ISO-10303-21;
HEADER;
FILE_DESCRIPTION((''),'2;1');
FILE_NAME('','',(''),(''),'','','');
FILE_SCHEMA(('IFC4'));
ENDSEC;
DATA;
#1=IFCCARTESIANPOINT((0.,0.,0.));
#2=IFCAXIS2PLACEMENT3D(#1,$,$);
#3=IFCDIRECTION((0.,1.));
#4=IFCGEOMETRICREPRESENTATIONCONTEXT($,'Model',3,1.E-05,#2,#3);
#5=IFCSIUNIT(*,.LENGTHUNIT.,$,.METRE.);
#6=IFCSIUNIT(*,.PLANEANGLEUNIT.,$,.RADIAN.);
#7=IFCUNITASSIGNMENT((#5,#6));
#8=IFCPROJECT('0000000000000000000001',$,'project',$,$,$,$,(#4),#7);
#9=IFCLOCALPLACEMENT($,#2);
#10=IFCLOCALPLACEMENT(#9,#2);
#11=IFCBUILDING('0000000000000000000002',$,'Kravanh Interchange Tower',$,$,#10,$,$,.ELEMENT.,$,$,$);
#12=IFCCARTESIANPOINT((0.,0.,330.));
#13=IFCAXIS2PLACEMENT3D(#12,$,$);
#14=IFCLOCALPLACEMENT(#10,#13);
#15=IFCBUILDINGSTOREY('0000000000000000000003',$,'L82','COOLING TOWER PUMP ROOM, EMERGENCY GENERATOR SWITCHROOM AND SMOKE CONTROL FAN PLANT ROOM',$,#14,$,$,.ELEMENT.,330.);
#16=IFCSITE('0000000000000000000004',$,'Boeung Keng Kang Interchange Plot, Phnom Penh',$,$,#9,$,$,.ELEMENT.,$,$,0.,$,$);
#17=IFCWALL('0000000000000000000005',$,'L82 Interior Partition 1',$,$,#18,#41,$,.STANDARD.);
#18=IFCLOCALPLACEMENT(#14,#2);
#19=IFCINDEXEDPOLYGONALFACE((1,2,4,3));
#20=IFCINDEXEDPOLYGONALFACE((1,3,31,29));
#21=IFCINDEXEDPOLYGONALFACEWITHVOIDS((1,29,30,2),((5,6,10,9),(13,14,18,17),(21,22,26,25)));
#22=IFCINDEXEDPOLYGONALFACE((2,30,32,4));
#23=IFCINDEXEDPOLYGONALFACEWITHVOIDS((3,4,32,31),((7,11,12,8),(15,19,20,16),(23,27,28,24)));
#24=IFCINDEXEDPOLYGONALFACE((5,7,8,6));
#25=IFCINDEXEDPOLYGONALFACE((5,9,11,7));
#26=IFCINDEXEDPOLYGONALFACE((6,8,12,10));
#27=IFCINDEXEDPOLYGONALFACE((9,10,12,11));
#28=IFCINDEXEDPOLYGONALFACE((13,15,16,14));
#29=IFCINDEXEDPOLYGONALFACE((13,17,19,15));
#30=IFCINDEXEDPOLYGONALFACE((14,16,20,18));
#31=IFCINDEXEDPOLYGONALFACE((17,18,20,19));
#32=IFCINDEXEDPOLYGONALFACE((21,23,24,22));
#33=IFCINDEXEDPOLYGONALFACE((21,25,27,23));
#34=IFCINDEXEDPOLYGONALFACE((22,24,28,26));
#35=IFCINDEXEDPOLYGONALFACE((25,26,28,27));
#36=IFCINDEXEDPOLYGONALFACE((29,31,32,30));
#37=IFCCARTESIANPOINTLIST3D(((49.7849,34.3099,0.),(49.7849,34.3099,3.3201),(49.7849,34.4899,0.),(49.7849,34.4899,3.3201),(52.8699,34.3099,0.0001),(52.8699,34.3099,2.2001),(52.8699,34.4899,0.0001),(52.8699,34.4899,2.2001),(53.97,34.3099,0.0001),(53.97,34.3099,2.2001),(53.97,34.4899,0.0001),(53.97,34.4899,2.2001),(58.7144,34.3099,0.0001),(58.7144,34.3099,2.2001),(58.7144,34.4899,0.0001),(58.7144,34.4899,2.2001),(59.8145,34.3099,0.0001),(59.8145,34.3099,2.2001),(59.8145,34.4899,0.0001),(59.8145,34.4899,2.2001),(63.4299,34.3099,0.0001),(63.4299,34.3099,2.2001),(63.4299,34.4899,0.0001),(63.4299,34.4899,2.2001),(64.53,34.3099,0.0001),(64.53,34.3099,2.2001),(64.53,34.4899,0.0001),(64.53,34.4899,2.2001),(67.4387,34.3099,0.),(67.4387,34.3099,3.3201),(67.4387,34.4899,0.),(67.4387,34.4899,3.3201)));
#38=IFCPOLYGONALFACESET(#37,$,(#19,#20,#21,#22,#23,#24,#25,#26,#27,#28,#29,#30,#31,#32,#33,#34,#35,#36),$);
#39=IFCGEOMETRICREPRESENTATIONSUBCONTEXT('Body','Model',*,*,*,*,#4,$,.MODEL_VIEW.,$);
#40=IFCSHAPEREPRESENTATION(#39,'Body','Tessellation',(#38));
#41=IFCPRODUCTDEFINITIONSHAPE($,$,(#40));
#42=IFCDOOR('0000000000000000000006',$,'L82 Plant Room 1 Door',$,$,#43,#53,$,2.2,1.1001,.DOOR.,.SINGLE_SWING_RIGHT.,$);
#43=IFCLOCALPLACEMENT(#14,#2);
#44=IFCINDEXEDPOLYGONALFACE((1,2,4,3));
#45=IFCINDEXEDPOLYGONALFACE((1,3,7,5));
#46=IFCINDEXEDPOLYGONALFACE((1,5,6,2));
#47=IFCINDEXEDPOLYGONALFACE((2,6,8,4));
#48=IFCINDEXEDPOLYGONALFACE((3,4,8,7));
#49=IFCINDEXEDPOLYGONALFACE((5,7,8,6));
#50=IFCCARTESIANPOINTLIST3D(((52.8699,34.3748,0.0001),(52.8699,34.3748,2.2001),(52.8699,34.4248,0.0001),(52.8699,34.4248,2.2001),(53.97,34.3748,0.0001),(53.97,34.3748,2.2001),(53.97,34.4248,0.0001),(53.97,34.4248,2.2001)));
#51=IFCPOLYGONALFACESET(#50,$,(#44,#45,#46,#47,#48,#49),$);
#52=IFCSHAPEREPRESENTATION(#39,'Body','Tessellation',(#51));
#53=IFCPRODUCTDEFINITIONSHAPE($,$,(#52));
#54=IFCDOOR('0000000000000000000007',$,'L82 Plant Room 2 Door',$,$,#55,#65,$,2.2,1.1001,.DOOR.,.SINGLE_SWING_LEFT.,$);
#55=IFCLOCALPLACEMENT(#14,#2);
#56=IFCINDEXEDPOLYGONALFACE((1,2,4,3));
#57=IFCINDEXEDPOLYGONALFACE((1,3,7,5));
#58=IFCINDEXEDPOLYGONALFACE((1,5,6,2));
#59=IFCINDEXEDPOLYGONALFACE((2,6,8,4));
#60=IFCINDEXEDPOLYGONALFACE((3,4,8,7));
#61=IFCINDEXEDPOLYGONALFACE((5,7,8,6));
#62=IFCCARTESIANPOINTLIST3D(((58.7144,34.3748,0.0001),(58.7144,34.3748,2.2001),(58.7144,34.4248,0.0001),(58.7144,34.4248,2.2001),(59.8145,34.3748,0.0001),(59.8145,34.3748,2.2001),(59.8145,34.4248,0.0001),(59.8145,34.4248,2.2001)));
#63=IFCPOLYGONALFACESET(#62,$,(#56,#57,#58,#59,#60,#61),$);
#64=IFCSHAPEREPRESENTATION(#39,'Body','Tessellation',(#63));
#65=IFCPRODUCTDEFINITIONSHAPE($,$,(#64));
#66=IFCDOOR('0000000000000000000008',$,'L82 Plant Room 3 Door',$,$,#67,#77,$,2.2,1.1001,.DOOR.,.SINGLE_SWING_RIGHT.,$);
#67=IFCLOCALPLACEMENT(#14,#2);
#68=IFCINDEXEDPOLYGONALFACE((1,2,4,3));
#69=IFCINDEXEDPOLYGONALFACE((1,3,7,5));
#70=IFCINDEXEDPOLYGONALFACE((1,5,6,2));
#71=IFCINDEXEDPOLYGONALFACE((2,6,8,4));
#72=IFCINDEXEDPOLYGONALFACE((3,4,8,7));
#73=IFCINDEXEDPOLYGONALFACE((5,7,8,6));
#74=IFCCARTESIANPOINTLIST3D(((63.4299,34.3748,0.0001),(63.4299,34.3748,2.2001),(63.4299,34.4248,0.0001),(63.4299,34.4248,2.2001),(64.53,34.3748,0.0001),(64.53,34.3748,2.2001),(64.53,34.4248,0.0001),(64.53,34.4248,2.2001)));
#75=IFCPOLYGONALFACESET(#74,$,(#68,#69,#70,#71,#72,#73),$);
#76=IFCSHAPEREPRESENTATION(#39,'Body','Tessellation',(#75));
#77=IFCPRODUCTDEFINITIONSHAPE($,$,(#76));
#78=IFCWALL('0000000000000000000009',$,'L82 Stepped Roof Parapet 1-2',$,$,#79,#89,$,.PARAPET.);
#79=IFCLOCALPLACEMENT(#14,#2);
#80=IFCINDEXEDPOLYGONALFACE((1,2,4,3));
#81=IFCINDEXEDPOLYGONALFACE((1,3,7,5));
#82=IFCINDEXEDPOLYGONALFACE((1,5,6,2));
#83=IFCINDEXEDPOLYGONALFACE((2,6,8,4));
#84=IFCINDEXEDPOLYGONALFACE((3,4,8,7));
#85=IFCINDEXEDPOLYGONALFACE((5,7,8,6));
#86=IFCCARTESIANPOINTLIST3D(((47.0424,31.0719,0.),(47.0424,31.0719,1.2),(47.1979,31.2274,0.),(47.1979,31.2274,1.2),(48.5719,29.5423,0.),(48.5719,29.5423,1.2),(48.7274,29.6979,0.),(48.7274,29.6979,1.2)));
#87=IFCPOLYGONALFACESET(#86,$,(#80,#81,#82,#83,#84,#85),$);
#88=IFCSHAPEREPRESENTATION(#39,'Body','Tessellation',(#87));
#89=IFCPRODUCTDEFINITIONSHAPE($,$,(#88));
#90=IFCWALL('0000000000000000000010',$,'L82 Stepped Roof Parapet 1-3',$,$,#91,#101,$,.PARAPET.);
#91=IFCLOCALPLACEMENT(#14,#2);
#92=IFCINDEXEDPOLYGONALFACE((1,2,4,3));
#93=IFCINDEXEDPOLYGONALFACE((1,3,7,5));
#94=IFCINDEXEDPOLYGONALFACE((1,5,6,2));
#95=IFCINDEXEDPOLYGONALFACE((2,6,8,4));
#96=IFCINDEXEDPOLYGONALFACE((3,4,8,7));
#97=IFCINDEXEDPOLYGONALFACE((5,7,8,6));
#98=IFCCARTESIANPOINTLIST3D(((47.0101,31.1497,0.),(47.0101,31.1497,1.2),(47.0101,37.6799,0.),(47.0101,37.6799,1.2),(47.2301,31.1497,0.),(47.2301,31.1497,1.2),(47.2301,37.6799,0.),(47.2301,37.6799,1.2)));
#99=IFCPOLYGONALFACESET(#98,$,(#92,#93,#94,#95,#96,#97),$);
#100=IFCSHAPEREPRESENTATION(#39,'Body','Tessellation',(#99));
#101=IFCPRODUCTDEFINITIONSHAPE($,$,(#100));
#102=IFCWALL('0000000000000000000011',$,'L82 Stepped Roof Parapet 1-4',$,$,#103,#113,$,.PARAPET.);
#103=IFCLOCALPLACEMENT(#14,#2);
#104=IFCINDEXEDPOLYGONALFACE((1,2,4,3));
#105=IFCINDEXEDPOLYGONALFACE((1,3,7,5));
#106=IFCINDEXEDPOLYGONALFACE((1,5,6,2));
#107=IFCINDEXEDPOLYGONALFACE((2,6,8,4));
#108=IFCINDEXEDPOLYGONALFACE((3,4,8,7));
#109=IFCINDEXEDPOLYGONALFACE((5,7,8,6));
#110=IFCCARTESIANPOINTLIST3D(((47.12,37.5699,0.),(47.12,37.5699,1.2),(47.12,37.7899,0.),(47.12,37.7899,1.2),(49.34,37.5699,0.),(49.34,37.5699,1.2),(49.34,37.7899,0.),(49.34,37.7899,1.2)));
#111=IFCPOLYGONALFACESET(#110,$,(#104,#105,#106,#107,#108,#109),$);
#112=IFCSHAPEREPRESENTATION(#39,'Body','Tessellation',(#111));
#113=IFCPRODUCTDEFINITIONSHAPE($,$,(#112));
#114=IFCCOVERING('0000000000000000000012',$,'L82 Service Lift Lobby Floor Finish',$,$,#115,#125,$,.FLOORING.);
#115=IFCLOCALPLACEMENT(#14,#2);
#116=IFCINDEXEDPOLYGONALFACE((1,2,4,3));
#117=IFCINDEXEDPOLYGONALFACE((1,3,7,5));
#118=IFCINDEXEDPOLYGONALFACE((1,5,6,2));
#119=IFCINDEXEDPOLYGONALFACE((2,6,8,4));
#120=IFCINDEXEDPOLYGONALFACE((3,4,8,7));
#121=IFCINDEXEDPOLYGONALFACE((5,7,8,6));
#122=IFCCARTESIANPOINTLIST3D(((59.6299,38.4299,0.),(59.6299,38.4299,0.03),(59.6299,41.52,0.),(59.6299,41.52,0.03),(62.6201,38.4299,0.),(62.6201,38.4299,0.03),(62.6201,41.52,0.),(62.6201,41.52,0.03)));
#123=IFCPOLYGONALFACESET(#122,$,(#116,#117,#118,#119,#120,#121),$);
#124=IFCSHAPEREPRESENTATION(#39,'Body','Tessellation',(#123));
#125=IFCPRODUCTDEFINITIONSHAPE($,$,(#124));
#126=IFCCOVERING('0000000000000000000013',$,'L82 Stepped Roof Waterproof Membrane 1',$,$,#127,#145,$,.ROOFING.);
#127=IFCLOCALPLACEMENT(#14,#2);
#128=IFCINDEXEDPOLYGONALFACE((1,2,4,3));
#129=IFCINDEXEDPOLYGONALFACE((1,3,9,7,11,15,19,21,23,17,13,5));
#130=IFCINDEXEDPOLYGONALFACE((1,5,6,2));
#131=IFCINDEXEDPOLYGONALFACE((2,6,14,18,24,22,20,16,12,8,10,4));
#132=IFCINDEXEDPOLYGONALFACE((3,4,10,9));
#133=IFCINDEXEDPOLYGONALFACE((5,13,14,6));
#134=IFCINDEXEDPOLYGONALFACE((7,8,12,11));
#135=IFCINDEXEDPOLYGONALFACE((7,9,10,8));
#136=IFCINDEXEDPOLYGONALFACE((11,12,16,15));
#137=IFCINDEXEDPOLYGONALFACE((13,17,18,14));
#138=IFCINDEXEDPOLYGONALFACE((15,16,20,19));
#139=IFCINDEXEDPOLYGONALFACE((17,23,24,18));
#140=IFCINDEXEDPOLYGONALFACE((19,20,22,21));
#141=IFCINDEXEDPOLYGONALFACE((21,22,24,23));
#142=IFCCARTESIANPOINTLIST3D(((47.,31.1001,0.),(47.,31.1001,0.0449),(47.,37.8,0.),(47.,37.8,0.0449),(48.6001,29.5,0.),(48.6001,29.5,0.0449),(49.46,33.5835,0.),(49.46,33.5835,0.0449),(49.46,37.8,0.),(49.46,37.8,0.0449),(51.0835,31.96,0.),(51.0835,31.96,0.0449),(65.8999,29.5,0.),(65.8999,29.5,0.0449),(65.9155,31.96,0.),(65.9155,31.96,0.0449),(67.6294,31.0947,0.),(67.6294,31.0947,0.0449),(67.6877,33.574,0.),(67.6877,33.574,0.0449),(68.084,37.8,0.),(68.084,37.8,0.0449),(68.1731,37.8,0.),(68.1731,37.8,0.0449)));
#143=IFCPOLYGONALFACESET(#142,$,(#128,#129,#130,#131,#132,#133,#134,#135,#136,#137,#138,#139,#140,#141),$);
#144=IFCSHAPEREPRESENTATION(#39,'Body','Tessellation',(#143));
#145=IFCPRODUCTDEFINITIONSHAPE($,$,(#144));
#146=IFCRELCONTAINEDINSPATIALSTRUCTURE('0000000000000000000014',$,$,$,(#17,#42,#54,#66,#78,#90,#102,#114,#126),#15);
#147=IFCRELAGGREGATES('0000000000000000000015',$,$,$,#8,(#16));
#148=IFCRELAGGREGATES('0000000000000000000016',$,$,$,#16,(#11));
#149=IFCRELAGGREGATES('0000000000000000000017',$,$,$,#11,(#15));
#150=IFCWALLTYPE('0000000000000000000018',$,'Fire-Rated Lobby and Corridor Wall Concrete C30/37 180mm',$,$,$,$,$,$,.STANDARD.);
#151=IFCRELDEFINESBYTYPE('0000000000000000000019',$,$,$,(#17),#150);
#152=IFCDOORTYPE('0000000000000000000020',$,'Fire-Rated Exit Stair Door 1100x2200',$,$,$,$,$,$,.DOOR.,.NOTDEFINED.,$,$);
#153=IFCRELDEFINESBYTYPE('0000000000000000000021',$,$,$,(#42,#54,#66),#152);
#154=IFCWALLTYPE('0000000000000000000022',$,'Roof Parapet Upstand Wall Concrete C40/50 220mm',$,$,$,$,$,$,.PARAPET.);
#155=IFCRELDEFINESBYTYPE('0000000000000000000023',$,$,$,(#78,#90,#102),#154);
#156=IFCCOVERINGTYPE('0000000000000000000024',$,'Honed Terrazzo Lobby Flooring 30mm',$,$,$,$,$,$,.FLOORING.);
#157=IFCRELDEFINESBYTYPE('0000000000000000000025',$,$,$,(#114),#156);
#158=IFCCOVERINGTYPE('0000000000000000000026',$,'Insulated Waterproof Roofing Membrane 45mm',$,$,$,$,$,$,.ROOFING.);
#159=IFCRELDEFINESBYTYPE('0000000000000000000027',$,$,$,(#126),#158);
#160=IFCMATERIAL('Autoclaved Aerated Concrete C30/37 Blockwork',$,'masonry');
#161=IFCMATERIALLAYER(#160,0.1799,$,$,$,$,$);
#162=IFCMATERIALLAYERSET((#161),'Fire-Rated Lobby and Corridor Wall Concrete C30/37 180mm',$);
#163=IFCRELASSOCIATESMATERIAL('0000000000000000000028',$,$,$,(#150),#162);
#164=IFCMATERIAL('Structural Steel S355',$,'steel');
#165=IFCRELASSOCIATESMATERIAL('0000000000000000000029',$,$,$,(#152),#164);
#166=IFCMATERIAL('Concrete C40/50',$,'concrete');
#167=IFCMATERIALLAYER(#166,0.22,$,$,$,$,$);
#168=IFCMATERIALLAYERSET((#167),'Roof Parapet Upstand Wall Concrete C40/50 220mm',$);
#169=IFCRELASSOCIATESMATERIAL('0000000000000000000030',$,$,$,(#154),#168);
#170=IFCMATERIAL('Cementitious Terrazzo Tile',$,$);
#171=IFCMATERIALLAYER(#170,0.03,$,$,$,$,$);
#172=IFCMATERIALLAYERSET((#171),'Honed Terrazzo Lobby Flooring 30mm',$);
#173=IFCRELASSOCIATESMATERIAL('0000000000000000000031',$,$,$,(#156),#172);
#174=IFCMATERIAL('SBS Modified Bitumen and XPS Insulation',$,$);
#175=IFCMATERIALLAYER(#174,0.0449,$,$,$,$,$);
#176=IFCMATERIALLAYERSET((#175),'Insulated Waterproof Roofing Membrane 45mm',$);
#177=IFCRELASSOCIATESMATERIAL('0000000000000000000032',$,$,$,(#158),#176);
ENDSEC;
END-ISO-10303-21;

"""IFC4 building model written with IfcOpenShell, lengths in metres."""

from ifc_helpers import new_model, si_unit, direction, frame, frame_2d, origin, place, context, subcontext, project, spatial, polyline, rectangle, outline, extrude, material, layer, layer_set, type_object, element, fill, save


model = new_model("IFC4")

# Units and contexts
model_context = context("Model", 3, precision=1e-05, world=origin(), true_north=direction((0.0, 1.0)))
body_context = subcontext(model_context, "Body", "Model", "MODEL_VIEW")
ifc_project = project(units=[si_unit("LENGTHUNIT", "METRE"), si_unit("PLANEANGLEUNIT", "RADIAN")], contexts=[model_context])

# Site, building, storey
site_placement = place(None, origin())
site = spatial("IfcSite", under=ifc_project, at=site_placement, Name="Boeung Keng Kang Interchange Plot, Phnom Penh", CompositionType="ELEMENT", RefElevation=0.0)
building_placement = place(site_placement, origin())
building = spatial("IfcBuilding", under=site, at=building_placement, Name="Kravanh Interchange Tower", CompositionType="ELEMENT")
storey_placement = place(building_placement, frame((0.0, 0.0, 330.0)))
storey = spatial("IfcBuildingStorey", under=building, at=storey_placement, Name="L82", Description="COOLING TOWER PUMP ROOM, EMERGENCY GENERATOR SWITCHROOM AND SMOKE CONTROL FAN PLANT ROOM", CompositionType="ELEMENT", Elevation=330.0)

# Wall, openings, doors
ifc_material_1 = material(Name="Autoclaved Aerated Concrete C30/37 Blockwork", Category="masonry")
ifc_layer_1 = layer(ifc_material_1, 0.1799)
ifc_layer_set_1 = layer_set([ifc_layer_1], Name="Fire-Rated Lobby and Corridor Wall Concrete C30/37 180mm")
wall_type_1 = type_object("IfcWallType", Name="Fire-Rated Lobby and Corridor Wall Concrete C30/37 180mm", PredefinedType="STANDARD", material=ifc_layer_set_1)
wall_1_placement = place(storey_placement, frame((49.7849, 34.3999, 0.0), z_axis=(0.0, 0.0, 1.0), x_axis=(1.0, 0.0, 0.0)))
wall_1 = element("IfcWall", 1, at=wall_1_placement, inside=storey, type_object=wall_type_1, Name="L82 Interior Partition 1", PredefinedType="STANDARD", context=body_context, shape_type="SweptSolid", body=[
    extrude(rectangle(XDim=17.6538, YDim=0.1799, at=frame_2d((8.8269, 0.0))), origin(), (0.0, 0.0, 1.0), 3.3201),
])
opening_1_placement = place(wall_1_placement, frame((3.085, 0.0, 0.0)))
opening_1 = element("IfcOpeningElement", 2, at=opening_1_placement, cuts=wall_1, PredefinedType="OPENING", context=body_context, shape_type="SweptSolid", body=[
    extrude(rectangle(XDim=1.1001, YDim=2.2, at=frame_2d((0.55, 1.1001))), frame((0.0, 0.1001, 0.0), z_axis=(0.0, -1.0, 0.0), x_axis=(1.0, 0.0, 0.0)), (0.0, 0.0, 1.0), 0.2),
])
opening_2_placement = place(wall_1_placement, frame((8.9294, 0.0, 0.0)))
opening_2 = element("IfcOpeningElement", 3, at=opening_2_placement, cuts=wall_1, PredefinedType="OPENING", context=body_context, shape_type="SweptSolid", body=[
    extrude(rectangle(XDim=1.1001, YDim=2.2, at=frame_2d((0.55, 1.1001))), frame((0.0, 0.1001, 0.0), z_axis=(0.0, -1.0, 0.0), x_axis=(1.0, 0.0, 0.0)), (0.0, 0.0, 1.0), 0.2),
])
opening_3_placement = place(wall_1_placement, frame((13.645, 0.0, 0.0)))
opening_3 = element("IfcOpeningElement", 4, at=opening_3_placement, cuts=wall_1, PredefinedType="OPENING", context=body_context, shape_type="SweptSolid", body=[
    extrude(rectangle(XDim=1.1001, YDim=2.2, at=frame_2d((0.55, 1.1001))), frame((0.0, 0.1001, 0.0), z_axis=(0.0, -1.0, 0.0), x_axis=(1.0, 0.0, 0.0)), (0.0, 0.0, 1.0), 0.2),
])
ifc_material_2 = material(Name="Structural Steel S355", Category="steel")
door_type = type_object("IfcDoorType", Name="Fire-Rated Exit Stair Door 1100x2200", OperationType="NOTDEFINED", PredefinedType="DOOR", material=ifc_material_2)
door_1_placement = place(opening_1_placement, origin())
door_1 = element("IfcDoor", 5, at=door_1_placement, inside=storey, type_object=door_type, Name="L82 Plant Room 1 Door", OperationType="SINGLE_SWING_RIGHT", OverallHeight=2.2, OverallWidth=1.1001, PredefinedType="DOOR", context=body_context, shape_type="SweptSolid", body=[
    extrude(rectangle(XDim=1.1001, YDim=2.2, at=frame_2d((0.55, 1.1001))), frame((0.0, 0.0249, 0.0), z_axis=(0.0, -1.0, 0.0), x_axis=(1.0, 0.0, 0.0)), (0.0, 0.0, 1.0), 0.05),
])
fill(opening_1, door_1)
door_2_placement = place(opening_2_placement, origin())
door_2 = element("IfcDoor", 6, at=door_2_placement, inside=storey, type_object=door_type, Name="L82 Plant Room 2 Door", OperationType="SINGLE_SWING_LEFT", OverallHeight=2.2, OverallWidth=1.1001, PredefinedType="DOOR", context=body_context, shape_type="SweptSolid", body=[
    extrude(rectangle(XDim=1.1001, YDim=2.2, at=frame_2d((0.55, 1.1001))), frame((0.0, 0.0249, 0.0), z_axis=(0.0, -1.0, 0.0), x_axis=(1.0, 0.0, 0.0)), (0.0, 0.0, 1.0), 0.05),
])
fill(opening_2, door_2)
door_3_placement = place(opening_3_placement, origin())
door_3 = element("IfcDoor", 7, at=door_3_placement, inside=storey, type_object=door_type, Name="L82 Plant Room 3 Door", OperationType="SINGLE_SWING_RIGHT", OverallHeight=2.2, OverallWidth=1.1001, PredefinedType="DOOR", context=body_context, shape_type="SweptSolid", body=[
    extrude(rectangle(XDim=1.1001, YDim=2.2, at=frame_2d((0.55, 1.1001))), frame((0.0, 0.0249, 0.0), z_axis=(0.0, -1.0, 0.0), x_axis=(1.0, 0.0, 0.0)), (0.0, 0.0, 1.0), 0.05),
])
fill(opening_3, door_3)

# Walls
ifc_material_3 = material(Name="Concrete C40/50", Category="concrete")
ifc_layer_2 = layer(ifc_material_3, 0.22)
ifc_layer_set_2 = layer_set([ifc_layer_2], Name="Roof Parapet Upstand Wall Concrete C40/50 220mm")
wall_type_2 = type_object("IfcWallType", Name="Roof Parapet Upstand Wall Concrete C40/50 220mm", PredefinedType="PARAPET", material=ifc_layer_set_2)
wall_2_placement = place(storey_placement, frame((48.6497, 29.6201, 0.0), z_axis=(0.0, 0.0, 1.0), x_axis=(-0.707107, 0.707107, 0.0)))
element("IfcWall", 8, at=wall_2_placement, inside=storey, type_object=wall_type_2, Name="L82 Stepped Roof Parapet 1-2", PredefinedType="PARAPET", context=body_context, shape_type="SweptSolid", body=[
    extrude(rectangle(XDim=2.1631, YDim=0.22, at=frame_2d((1.0815, 0.0))), origin(), (0.0, 0.0, 1.0), 1.2),
])
wall_3_placement = place(storey_placement, frame((47.1201, 31.1497, 0.0), z_axis=(0.0, 0.0, 1.0), x_axis=(0.0, 1.0, 0.0)))
element("IfcWall", 9, at=wall_3_placement, inside=storey, type_object=wall_type_2, Name="L82 Stepped Roof Parapet 1-3", PredefinedType="PARAPET", context=body_context, shape_type="SweptSolid", body=[
    extrude(rectangle(XDim=6.5303, YDim=0.22, at=frame_2d((3.2651, 0.0))), origin(), (0.0, 0.0, 1.0), 1.2),
])
wall_4_placement = place(storey_placement, frame((47.1201, 37.6799, 0.0), z_axis=(0.0, 0.0, 1.0), x_axis=(1.0, 0.0, 0.0)))
element("IfcWall", 10, at=wall_4_placement, inside=storey, type_object=wall_type_2, Name="L82 Stepped Roof Parapet 1-4", PredefinedType="PARAPET", context=body_context, shape_type="SweptSolid", body=[
    extrude(rectangle(XDim=2.22, YDim=0.22, at=frame_2d((1.1099, 0.0))), origin(), (0.0, 0.0, 1.0), 1.2),
])

# Coverings
ifc_material_4 = material(Name="Cementitious Terrazzo Tile")
ifc_layer_3 = layer(ifc_material_4, 0.03)
ifc_layer_set_3 = layer_set([ifc_layer_3], Name="Honed Terrazzo Lobby Flooring 30mm")
covering_type_1 = type_object("IfcCoveringType", Name="Honed Terrazzo Lobby Flooring 30mm", PredefinedType="FLOORING", material=ifc_layer_set_3)
covering_1_placement = place(storey_placement, origin())
element("IfcCovering", 11, at=covering_1_placement, inside=storey, type_object=covering_type_1, Name="L82 Service Lift Lobby Floor Finish", PredefinedType="FLOORING", context=body_context, shape_type="SweptSolid", body=[
    extrude(outline(polyline([(59.6299, 41.52), (62.6201, 41.52), (62.6201, 38.4299), (59.6299, 38.4299), (59.6299, 41.52)])), origin(), (0.0, 0.0, 1.0), 0.03),
])
ifc_material_5 = material(Name="SBS Modified Bitumen and XPS Insulation")
ifc_layer_4 = layer(ifc_material_5, 0.0449)
ifc_layer_set_4 = layer_set([ifc_layer_4], Name="Insulated Waterproof Roofing Membrane 45mm")
covering_type_2 = type_object("IfcCoveringType", Name="Insulated Waterproof Roofing Membrane 45mm", PredefinedType="ROOFING", material=ifc_layer_set_4)
covering_2_placement = place(storey_placement, origin())
element("IfcCovering", 12, at=covering_2_placement, inside=storey, type_object=covering_type_2, Name="L82 Stepped Roof Waterproof Membrane 1", PredefinedType="ROOFING", context=body_context, shape_type="SweptSolid", body=[
    extrude(outline(polyline([(65.8999, 29.5), (48.6001, 29.5), (47.0, 31.1001), (47.0, 37.8), (49.46, 37.8), (49.46, 33.5835), (51.0835, 31.96), (65.9155, 31.96), (67.6877, 33.574), (68.084, 37.8), (68.1731, 37.8), (67.6294, 31.0947), (65.8999, 29.5)])), origin(), (0.0, 0.0, 1.0), 0.0449),
])

save(model, "model.ifc")
